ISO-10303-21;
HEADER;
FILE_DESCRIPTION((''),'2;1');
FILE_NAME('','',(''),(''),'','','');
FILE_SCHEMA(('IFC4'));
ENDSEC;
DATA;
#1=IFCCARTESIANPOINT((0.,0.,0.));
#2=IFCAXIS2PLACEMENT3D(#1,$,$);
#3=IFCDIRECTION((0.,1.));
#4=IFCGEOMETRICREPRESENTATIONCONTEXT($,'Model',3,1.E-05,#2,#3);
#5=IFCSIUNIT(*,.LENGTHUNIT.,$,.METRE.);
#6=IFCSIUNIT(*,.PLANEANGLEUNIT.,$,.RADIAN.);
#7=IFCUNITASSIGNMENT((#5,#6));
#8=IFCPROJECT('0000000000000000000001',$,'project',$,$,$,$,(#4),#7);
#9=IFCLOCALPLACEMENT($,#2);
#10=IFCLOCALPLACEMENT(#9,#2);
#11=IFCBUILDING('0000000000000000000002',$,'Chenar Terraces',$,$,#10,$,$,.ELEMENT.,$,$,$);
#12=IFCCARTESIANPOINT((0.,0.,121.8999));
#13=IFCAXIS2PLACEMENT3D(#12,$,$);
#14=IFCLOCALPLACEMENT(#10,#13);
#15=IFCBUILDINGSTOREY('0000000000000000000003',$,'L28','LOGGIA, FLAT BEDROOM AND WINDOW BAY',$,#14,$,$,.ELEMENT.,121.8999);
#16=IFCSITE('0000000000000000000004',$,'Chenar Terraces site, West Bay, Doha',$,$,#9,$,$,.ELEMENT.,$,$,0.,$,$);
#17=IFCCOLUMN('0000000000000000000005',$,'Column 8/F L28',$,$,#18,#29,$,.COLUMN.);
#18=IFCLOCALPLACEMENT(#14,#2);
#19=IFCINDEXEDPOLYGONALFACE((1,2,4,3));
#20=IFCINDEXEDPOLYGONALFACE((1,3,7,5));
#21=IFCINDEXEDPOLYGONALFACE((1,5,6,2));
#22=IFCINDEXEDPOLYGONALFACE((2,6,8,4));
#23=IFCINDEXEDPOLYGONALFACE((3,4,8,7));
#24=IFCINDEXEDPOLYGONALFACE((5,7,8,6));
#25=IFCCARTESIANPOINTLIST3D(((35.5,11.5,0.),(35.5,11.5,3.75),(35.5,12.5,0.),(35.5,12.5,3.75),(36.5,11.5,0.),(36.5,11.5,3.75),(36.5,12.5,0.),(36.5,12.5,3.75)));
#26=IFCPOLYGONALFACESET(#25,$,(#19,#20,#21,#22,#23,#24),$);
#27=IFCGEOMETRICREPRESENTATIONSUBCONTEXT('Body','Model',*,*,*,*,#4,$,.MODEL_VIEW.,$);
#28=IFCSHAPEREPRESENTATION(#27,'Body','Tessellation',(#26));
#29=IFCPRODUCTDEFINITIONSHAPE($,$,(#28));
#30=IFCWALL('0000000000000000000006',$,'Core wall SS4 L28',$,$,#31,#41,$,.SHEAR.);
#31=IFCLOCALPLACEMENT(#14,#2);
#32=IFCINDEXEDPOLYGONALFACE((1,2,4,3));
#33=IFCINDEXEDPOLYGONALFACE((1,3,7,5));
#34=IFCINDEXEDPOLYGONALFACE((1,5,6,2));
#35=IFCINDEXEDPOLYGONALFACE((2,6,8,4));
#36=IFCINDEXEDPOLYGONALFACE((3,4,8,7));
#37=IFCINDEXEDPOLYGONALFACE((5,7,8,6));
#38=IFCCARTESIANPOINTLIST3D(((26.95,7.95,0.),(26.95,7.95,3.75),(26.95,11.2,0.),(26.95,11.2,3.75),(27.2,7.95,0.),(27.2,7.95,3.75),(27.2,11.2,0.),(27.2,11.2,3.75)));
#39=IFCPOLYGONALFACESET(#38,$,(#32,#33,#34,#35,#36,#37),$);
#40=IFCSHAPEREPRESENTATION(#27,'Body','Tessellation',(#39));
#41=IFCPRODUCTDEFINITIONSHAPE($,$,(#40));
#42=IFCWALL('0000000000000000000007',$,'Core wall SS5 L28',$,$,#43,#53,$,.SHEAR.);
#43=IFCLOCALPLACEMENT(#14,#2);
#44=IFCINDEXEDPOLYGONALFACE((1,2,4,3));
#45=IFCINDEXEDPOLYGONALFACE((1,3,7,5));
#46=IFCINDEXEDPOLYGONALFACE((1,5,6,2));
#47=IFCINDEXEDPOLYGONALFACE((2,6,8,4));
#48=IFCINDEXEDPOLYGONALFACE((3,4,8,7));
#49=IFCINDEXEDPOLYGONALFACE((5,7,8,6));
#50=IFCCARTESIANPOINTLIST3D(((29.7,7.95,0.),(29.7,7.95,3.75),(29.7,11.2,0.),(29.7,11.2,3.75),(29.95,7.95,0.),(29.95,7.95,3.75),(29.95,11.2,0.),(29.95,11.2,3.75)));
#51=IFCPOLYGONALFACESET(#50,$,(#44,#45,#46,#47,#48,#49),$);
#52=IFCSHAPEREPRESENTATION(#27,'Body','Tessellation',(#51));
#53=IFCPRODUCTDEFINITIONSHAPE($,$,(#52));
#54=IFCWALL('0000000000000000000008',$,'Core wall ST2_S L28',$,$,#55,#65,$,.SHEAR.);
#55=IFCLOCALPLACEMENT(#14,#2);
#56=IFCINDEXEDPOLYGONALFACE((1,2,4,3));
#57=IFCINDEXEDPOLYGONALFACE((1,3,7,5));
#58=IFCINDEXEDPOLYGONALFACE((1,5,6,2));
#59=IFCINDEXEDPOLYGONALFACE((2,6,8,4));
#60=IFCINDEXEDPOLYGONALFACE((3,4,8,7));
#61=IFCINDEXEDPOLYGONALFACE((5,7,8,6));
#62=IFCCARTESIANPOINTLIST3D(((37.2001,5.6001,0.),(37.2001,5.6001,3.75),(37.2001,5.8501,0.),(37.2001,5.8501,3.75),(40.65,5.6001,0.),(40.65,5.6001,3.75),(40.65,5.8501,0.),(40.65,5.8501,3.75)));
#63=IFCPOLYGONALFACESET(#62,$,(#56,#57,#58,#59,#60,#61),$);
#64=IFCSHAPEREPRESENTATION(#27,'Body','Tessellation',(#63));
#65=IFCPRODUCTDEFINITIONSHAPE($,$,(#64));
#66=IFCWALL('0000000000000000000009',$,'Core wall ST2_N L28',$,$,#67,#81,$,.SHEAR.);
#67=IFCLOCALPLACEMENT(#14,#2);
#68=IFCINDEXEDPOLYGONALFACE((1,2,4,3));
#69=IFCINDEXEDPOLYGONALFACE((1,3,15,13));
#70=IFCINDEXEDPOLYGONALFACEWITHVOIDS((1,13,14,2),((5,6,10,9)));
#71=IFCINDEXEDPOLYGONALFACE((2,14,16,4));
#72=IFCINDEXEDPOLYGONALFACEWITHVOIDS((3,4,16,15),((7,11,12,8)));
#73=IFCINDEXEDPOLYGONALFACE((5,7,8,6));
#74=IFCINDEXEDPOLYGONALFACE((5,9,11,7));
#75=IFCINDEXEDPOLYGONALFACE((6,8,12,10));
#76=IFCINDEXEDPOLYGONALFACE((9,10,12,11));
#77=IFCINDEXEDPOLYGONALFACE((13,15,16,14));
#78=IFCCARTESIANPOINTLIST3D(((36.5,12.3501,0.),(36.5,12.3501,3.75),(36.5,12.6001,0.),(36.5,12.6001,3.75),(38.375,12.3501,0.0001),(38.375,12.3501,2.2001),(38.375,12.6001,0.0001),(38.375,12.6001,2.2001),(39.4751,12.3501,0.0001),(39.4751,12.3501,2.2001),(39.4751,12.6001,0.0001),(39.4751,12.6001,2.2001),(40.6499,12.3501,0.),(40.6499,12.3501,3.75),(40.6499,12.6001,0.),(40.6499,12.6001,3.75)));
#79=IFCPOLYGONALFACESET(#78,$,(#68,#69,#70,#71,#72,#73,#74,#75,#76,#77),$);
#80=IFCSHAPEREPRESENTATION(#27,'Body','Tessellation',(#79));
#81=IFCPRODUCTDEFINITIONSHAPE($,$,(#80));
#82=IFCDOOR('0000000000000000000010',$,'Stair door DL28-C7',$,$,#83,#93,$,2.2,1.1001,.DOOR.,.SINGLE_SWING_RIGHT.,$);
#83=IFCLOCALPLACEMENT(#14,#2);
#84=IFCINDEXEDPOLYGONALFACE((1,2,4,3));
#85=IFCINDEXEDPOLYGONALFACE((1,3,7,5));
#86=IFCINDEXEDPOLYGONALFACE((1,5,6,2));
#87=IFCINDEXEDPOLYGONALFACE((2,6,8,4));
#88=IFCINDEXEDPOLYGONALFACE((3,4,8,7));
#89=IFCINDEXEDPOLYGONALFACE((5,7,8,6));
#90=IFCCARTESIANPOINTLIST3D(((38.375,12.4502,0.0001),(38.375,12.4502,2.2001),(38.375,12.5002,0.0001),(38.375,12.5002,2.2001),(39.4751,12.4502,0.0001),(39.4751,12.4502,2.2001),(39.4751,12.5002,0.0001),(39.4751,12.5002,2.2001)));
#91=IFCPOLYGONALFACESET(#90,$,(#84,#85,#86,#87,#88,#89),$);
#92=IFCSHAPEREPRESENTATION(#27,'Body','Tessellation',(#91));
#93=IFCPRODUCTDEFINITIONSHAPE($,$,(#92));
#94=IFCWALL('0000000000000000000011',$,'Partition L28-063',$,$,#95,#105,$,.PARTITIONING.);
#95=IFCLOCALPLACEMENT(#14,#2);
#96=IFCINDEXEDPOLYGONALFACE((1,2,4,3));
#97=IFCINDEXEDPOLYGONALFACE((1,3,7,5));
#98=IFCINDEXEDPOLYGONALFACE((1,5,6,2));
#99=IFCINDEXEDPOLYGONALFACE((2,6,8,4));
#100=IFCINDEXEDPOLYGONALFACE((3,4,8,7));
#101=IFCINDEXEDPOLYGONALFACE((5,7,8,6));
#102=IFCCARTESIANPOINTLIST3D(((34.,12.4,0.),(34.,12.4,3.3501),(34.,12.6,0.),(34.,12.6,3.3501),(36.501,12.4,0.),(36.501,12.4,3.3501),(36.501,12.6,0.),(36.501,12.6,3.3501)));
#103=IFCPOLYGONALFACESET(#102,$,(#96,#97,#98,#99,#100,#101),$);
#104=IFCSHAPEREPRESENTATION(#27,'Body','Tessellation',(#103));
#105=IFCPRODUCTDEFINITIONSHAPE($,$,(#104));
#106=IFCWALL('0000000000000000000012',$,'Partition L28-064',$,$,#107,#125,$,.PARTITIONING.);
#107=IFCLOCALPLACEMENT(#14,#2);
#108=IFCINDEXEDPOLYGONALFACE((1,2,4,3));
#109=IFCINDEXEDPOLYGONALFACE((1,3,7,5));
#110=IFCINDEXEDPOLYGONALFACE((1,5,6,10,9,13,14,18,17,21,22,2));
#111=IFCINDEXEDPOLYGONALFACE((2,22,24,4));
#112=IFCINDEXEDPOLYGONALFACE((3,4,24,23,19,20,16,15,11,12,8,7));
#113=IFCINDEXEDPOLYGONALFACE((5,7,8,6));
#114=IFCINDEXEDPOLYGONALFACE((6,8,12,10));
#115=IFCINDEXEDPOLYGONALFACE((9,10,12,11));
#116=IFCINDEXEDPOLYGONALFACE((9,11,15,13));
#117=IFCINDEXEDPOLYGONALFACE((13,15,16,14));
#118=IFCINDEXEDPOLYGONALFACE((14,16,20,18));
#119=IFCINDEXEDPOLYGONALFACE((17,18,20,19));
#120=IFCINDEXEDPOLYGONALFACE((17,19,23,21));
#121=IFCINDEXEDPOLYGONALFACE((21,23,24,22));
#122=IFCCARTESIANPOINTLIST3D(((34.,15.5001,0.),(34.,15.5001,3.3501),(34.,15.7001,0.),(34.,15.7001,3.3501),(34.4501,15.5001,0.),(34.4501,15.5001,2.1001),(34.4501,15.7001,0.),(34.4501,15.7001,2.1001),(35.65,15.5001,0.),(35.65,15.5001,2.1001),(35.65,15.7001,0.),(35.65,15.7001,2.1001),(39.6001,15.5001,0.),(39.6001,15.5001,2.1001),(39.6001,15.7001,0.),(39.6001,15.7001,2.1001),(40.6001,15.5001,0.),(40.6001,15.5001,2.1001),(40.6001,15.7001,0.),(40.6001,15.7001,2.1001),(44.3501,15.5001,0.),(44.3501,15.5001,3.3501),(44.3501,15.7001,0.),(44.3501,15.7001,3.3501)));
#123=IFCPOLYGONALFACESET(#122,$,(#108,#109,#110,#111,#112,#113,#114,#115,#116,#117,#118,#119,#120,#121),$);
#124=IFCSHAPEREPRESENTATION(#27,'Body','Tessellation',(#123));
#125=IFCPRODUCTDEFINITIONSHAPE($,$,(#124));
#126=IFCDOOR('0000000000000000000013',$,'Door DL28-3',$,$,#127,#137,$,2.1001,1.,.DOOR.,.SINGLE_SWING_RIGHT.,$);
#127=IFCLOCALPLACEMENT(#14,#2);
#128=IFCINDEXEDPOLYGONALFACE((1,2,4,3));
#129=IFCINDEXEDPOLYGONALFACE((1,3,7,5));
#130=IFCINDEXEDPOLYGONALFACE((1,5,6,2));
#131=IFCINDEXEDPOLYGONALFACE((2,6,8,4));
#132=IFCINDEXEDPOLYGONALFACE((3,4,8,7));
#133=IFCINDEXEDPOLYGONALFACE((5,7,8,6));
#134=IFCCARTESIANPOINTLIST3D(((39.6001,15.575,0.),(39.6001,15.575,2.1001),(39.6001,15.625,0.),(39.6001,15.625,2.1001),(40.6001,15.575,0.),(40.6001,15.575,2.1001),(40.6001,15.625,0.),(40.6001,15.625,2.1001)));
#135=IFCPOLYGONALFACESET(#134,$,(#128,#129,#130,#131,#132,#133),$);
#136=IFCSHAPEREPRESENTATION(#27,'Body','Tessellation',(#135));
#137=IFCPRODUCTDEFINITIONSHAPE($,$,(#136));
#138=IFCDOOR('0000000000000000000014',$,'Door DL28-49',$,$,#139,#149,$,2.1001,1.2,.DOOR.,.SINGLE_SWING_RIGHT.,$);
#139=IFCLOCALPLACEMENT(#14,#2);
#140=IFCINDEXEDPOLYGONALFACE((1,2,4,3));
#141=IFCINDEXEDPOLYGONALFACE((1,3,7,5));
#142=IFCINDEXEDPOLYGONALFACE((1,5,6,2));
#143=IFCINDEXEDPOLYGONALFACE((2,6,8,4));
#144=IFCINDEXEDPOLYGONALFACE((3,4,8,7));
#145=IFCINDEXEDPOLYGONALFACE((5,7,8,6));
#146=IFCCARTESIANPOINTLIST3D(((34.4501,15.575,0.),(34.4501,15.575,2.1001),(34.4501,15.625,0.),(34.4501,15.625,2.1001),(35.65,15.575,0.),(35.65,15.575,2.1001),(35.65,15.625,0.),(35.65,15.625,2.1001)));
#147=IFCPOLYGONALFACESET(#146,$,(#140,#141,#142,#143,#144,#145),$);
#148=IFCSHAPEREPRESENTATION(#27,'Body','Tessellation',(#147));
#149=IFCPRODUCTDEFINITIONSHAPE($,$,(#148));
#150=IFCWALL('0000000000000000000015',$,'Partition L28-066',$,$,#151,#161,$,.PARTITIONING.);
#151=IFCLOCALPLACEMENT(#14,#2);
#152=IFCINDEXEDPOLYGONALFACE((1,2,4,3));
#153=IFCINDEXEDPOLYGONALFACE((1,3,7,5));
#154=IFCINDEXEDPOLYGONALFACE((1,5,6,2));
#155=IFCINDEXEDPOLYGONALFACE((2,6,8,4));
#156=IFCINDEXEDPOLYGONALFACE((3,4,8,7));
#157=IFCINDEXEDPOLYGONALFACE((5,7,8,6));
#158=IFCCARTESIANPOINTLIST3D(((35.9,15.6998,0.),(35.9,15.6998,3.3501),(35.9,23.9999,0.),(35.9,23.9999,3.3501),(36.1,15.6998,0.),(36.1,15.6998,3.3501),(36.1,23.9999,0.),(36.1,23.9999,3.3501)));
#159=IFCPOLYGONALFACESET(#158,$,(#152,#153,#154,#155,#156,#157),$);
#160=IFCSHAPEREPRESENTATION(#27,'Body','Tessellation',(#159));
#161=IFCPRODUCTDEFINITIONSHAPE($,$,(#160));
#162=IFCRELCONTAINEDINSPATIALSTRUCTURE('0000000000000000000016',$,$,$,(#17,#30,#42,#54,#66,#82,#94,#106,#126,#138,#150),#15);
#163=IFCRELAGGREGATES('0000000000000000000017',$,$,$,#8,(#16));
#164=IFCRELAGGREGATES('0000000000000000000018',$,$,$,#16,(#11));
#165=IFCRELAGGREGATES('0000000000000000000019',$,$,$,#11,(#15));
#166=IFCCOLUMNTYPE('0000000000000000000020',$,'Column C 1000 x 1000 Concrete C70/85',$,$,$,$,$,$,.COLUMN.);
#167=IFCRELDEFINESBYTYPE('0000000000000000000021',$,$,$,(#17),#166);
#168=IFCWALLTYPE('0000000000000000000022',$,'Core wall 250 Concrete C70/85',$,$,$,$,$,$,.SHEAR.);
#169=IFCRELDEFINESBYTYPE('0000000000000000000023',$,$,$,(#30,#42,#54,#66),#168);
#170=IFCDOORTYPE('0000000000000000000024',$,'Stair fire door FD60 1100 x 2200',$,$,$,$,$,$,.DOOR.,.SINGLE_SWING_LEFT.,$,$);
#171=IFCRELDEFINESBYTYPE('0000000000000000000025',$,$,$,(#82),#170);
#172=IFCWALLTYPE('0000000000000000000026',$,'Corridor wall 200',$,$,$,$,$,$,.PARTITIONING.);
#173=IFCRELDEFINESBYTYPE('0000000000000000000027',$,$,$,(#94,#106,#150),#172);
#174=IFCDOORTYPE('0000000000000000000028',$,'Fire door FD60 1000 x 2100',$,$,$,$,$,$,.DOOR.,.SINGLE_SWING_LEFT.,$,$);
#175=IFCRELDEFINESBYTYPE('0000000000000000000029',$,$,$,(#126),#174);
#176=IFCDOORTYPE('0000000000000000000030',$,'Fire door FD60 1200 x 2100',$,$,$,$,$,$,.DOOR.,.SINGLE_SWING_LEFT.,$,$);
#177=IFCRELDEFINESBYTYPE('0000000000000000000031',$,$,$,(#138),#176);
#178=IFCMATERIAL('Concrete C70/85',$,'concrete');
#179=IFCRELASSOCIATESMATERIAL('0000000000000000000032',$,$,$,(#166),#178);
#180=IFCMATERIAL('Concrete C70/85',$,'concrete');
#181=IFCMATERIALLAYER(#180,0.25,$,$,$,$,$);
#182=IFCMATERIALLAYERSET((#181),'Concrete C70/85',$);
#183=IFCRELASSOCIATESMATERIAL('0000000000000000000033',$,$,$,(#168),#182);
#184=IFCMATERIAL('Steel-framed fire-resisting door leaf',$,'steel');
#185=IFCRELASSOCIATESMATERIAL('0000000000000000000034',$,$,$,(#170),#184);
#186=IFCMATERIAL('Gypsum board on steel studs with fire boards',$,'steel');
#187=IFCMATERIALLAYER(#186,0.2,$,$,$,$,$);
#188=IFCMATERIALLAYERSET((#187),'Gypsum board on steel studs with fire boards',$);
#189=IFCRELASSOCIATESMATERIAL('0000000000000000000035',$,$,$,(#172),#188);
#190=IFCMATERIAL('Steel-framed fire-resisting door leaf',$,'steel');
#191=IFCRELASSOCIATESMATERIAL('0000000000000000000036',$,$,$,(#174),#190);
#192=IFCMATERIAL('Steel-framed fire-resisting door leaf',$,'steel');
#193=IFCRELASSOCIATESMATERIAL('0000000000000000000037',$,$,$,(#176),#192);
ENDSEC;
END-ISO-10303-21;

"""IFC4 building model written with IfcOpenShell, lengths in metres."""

from ifc_helpers import new_model, si_unit, direction, frame, frame_2d, origin, origin_2d, place, context, subcontext, project, spatial, rectangle, extrude, material, layer, layer_set, material_profile, profile_set, type_object, element, fill, save


model = new_model("IFC4")

# Units and contexts
model_context = context("Model", 3, precision=1e-05, world=origin(), true_north=direction((0.0, 1.0)))
body_context = subcontext(model_context, "Body", "Model", "MODEL_VIEW")
ifc_project = project(units=[si_unit("LENGTHUNIT", "METRE"), si_unit("PLANEANGLEUNIT", "RADIAN")], contexts=[model_context])

# Site, building, storey
site_placement = place(None, origin())
site = spatial("IfcSite", under=ifc_project, at=site_placement, Name="Chenar Terraces site, West Bay, Doha", CompositionType="ELEMENT", RefElevation=0.0)
building_placement = place(site_placement, origin())
building = spatial("IfcBuilding", under=site, at=building_placement, Name="Chenar Terraces", CompositionType="ELEMENT")
storey_placement = place(building_placement, frame((0.0, 0.0, 121.8999)))
storey = spatial("IfcBuildingStorey", under=building, at=storey_placement, Name="L28", Description="LOGGIA, FLAT BEDROOM AND WINDOW BAY", CompositionType="ELEMENT", Elevation=121.8999)

# Column
ifc_material_1 = material(Name="Concrete C70/85", Category="concrete")
ifc_material_profile = material_profile(ifc_material_1, rectangle(XDim=1.0, YDim=1.0, at=origin_2d()), Name="C 1000 x 1000")
ifc_profile_set = profile_set([ifc_material_profile], Name="Concrete C70/85")
column_type = type_object("IfcColumnType", Name="Column C 1000 x 1000 Concrete C70/85", PredefinedType="COLUMN", material=ifc_profile_set)
column_placement = place(storey_placement, frame((36.0, 12.0, 0.0), z_axis=(0.0, 0.0, 1.0), x_axis=(1.0, 0.0, 0.0)))
element("IfcColumn", 1, at=column_placement, inside=storey, type_object=column_type, Name="Column 8/F L28", PredefinedType="COLUMN", context=body_context, shape_type="SweptSolid", body=[
    extrude(rectangle(XDim=1.0, YDim=1.0, at=origin_2d()), origin(), (0.0, 0.0, 1.0), 3.75),
])

# Walls
ifc_material_2 = material(Name="Concrete C70/85", Category="concrete")
ifc_layer_1 = layer(ifc_material_2, 0.25)
ifc_layer_set_1 = layer_set([ifc_layer_1], Name="Concrete C70/85")
wall_type_1 = type_object("IfcWallType", Name="Core wall 250 Concrete C70/85", PredefinedType="SHEAR", material=ifc_layer_set_1)
for number, where, z_axis, x_axis, name in (
    (2, (27.075, 7.95, 0.0), (0.0, 0.0, 1.0), (0.0, 1.0, 0.0), "Core wall SS4 L28"),
    (3, (29.825, 7.95, 0.0), (0.0, 0.0, 1.0), (0.0, 1.0, 0.0), "Core wall SS5 L28"),
):
    element("IfcWall", number, at=place(storey_placement, frame(where, z_axis=z_axis, x_axis=x_axis)), inside=storey, type_object=wall_type_1, Name=name, PredefinedType="SHEAR", context=body_context, shape_type="SweptSolid", body=[
        extrude(rectangle(XDim=3.25, YDim=0.25, at=frame_2d((1.625, 0.0))), origin(), (0.0, 0.0, 1.0), 3.75),
    ])
wall_1_placement = place(storey_placement, frame((37.2, 5.7251, 0.0), z_axis=(0.0, 0.0, 1.0), x_axis=(1.0, 0.0, 0.0)))
element("IfcWall", 4, at=wall_1_placement, inside=storey, type_object=wall_type_1, Name="Core wall ST2_S L28", PredefinedType="SHEAR", context=body_context, shape_type="SweptSolid", body=[
    extrude(rectangle(XDim=3.45, YDim=0.25, at=frame_2d((1.7251, 0.0))), origin(), (0.0, 0.0, 1.0), 3.75),
])

# Wall, opening, door
wall_2_placement = place(storey_placement, frame((36.5, 12.4751, 0.0), z_axis=(0.0, 0.0, 1.0), x_axis=(1.0, 0.0, 0.0)))
wall_2 = element("IfcWall", 5, at=wall_2_placement, inside=storey, type_object=wall_type_1, Name="Core wall ST2_N L28", PredefinedType="SHEAR", context=body_context, shape_type="SweptSolid", body=[
    extrude(rectangle(XDim=4.1499, YDim=0.25, at=frame_2d((2.075, 0.0))), origin(), (0.0, 0.0, 1.0), 3.75),
])
opening_1_placement = place(wall_2_placement, frame((1.875, 0.0, 0.0)))
opening_1 = element("IfcOpeningElement", 6, at=opening_1_placement, cuts=wall_2, PredefinedType="OPENING", context=body_context, shape_type="SweptSolid", body=[
    extrude(rectangle(XDim=1.1001, YDim=2.2, at=frame_2d((0.55, 1.1001))), frame((0.0, 0.135, 0.0), z_axis=(0.0, -1.0, 0.0), x_axis=(1.0, 0.0, 0.0)), (0.0, 0.0, 1.0), 0.27),
])
ifc_material_3 = material(Name="Steel-framed fire-resisting door leaf", Category="steel")
door_type_1 = type_object("IfcDoorType", Name="Stair fire door FD60 1100 x 2200", OperationType="SINGLE_SWING_LEFT", PredefinedType="DOOR", material=ifc_material_3)
door_1_placement = place(opening_1_placement, frame((1.1001, 0.0, 0.0), z_axis=(0.0, 0.0, 1.0), x_axis=(-1.0, 0.0, 0.0)))
door_1 = element("IfcDoor", 7, at=door_1_placement, inside=storey, type_object=door_type_1, Name="Stair door DL28-C7", OperationType="SINGLE_SWING_RIGHT", OverallHeight=2.2, OverallWidth=1.1001, PredefinedType="DOOR", context=body_context, shape_type="SweptSolid", body=[
    extrude(rectangle(XDim=1.1001, YDim=2.2, at=frame_2d((0.55, 1.1001))), frame((0.0, 0.0249, 0.0), z_axis=(0.0, -1.0, 0.0), x_axis=(1.0, 0.0, 0.0)), (0.0, 0.0, 1.0), 0.05),
])
fill(opening_1, door_1)

# Wall
ifc_material_4 = material(Name="Gypsum board on steel studs with fire boards", Category="steel")
ifc_layer_2 = layer(ifc_material_4, 0.2)
ifc_layer_set_2 = layer_set([ifc_layer_2], Name="Gypsum board on steel studs with fire boards")
wall_type_2 = type_object("IfcWallType", Name="Corridor wall 200", PredefinedType="PARTITIONING", material=ifc_layer_set_2)
wall_3_placement = place(storey_placement, frame((34.0, 12.5, 0.0), z_axis=(0.0, 0.0, 1.0), x_axis=(1.0, 0.0, 0.0)))
element("IfcWall", 8, at=wall_3_placement, inside=storey, type_object=wall_type_2, Name="Partition L28-063", PredefinedType="PARTITIONING", context=body_context, shape_type="SweptSolid", body=[
    extrude(rectangle(XDim=2.501, YDim=0.2, at=frame_2d((1.2505, 0.0))), origin(), (0.0, 0.0, 1.0), 3.3501),
])

# Wall, openings, doors
wall_4_placement = place(storey_placement, frame((34.0, 15.6001, 0.0), z_axis=(0.0, 0.0, 1.0), x_axis=(1.0, 0.0, 0.0)))
wall_4 = element("IfcWall", 9, at=wall_4_placement, inside=storey, type_object=wall_type_2, Name="Partition L28-064", PredefinedType="PARTITIONING", context=body_context, shape_type="SweptSolid", body=[
    extrude(rectangle(XDim=10.3501, YDim=0.2, at=frame_2d((5.175, 0.0))), origin(), (0.0, 0.0, 1.0), 3.3501),
])
opening_2_placement = place(wall_4_placement, frame((5.6001, 0.0, 0.0)))
opening_2 = element("IfcOpeningElement", 10, at=opening_2_placement, cuts=wall_4, PredefinedType="OPENING", context=body_context, shape_type="SweptSolid", body=[
    extrude(rectangle(XDim=1.0, YDim=2.1001, at=frame_2d((0.5, 1.05))), frame((0.0, 0.1099, 0.0), z_axis=(0.0, -1.0, 0.0), x_axis=(1.0, 0.0, 0.0)), (0.0, 0.0, 1.0), 0.22),
])
opening_3_placement = place(wall_4_placement, frame((0.45, 0.0, 0.0)))
opening_3 = element("IfcOpeningElement", 11, at=opening_3_placement, cuts=wall_4, PredefinedType="OPENING", context=body_context, shape_type="SweptSolid", body=[
    extrude(rectangle(XDim=1.2, YDim=2.1001, at=frame_2d((0.6001, 1.05))), frame((0.0, 0.1099, 0.0), z_axis=(0.0, -1.0, 0.0), x_axis=(1.0, 0.0, 0.0)), (0.0, 0.0, 1.0), 0.22),
])
ifc_material_5 = material(Name="Steel-framed fire-resisting door leaf", Category="steel")
door_type_2 = type_object("IfcDoorType", Name="Fire door FD60 1000 x 2100", OperationType="SINGLE_SWING_LEFT", PredefinedType="DOOR", material=ifc_material_5)
door_2_placement = place(opening_2_placement, origin())
door_2 = element("IfcDoor", 12, at=door_2_placement, inside=storey, type_object=door_type_2, Name="Door DL28-3", OperationType="SINGLE_SWING_RIGHT", OverallHeight=2.1001, OverallWidth=1.0, PredefinedType="DOOR", context=body_context, shape_type="SweptSolid", body=[
    extrude(rectangle(XDim=1.0, YDim=2.1001, at=frame_2d((0.5, 1.05))), frame((0.0, 0.0249, 0.0), z_axis=(0.0, -1.0, 0.0), x_axis=(1.0, 0.0, 0.0)), (0.0, 0.0, 1.0), 0.05),
])
fill(opening_2, door_2)
ifc_material_6 = material(Name="Steel-framed fire-resisting door leaf", Category="steel")
door_type_3 = type_object("IfcDoorType", Name="Fire door FD60 1200 x 2100", OperationType="SINGLE_SWING_LEFT", PredefinedType="DOOR", material=ifc_material_6)
door_3_placement = place(opening_3_placement, origin())
door_3 = element("IfcDoor", 13, at=door_3_placement, inside=storey, type_object=door_type_3, Name="Door DL28-49", OperationType="SINGLE_SWING_RIGHT", OverallHeight=2.1001, OverallWidth=1.2, PredefinedType="DOOR", context=body_context, shape_type="SweptSolid", body=[
    extrude(rectangle(XDim=1.2, YDim=2.1001, at=frame_2d((0.6001, 1.05))), frame((0.0, 0.0249, 0.0), z_axis=(0.0, -1.0, 0.0), x_axis=(1.0, 0.0, 0.0)), (0.0, 0.0, 1.0), 0.05),
])
fill(opening_3, door_3)

# Wall
wall_5_placement = place(storey_placement, frame((36.0, 15.7, 0.0), z_axis=(0.0, 0.0, 1.0), x_axis=(0.0, 1.0, 0.0)))
element("IfcWall", 14, at=wall_5_placement, inside=storey, type_object=wall_type_2, Name="Partition L28-066", PredefinedType="PARTITIONING", context=body_context, shape_type="SweptSolid", body=[
    extrude(rectangle(XDim=8.3, YDim=0.2, at=frame_2d((4.1499, 0.0))), origin(), (0.0, 0.0, 1.0), 3.3501),
])

save(model, "model.ifc")
